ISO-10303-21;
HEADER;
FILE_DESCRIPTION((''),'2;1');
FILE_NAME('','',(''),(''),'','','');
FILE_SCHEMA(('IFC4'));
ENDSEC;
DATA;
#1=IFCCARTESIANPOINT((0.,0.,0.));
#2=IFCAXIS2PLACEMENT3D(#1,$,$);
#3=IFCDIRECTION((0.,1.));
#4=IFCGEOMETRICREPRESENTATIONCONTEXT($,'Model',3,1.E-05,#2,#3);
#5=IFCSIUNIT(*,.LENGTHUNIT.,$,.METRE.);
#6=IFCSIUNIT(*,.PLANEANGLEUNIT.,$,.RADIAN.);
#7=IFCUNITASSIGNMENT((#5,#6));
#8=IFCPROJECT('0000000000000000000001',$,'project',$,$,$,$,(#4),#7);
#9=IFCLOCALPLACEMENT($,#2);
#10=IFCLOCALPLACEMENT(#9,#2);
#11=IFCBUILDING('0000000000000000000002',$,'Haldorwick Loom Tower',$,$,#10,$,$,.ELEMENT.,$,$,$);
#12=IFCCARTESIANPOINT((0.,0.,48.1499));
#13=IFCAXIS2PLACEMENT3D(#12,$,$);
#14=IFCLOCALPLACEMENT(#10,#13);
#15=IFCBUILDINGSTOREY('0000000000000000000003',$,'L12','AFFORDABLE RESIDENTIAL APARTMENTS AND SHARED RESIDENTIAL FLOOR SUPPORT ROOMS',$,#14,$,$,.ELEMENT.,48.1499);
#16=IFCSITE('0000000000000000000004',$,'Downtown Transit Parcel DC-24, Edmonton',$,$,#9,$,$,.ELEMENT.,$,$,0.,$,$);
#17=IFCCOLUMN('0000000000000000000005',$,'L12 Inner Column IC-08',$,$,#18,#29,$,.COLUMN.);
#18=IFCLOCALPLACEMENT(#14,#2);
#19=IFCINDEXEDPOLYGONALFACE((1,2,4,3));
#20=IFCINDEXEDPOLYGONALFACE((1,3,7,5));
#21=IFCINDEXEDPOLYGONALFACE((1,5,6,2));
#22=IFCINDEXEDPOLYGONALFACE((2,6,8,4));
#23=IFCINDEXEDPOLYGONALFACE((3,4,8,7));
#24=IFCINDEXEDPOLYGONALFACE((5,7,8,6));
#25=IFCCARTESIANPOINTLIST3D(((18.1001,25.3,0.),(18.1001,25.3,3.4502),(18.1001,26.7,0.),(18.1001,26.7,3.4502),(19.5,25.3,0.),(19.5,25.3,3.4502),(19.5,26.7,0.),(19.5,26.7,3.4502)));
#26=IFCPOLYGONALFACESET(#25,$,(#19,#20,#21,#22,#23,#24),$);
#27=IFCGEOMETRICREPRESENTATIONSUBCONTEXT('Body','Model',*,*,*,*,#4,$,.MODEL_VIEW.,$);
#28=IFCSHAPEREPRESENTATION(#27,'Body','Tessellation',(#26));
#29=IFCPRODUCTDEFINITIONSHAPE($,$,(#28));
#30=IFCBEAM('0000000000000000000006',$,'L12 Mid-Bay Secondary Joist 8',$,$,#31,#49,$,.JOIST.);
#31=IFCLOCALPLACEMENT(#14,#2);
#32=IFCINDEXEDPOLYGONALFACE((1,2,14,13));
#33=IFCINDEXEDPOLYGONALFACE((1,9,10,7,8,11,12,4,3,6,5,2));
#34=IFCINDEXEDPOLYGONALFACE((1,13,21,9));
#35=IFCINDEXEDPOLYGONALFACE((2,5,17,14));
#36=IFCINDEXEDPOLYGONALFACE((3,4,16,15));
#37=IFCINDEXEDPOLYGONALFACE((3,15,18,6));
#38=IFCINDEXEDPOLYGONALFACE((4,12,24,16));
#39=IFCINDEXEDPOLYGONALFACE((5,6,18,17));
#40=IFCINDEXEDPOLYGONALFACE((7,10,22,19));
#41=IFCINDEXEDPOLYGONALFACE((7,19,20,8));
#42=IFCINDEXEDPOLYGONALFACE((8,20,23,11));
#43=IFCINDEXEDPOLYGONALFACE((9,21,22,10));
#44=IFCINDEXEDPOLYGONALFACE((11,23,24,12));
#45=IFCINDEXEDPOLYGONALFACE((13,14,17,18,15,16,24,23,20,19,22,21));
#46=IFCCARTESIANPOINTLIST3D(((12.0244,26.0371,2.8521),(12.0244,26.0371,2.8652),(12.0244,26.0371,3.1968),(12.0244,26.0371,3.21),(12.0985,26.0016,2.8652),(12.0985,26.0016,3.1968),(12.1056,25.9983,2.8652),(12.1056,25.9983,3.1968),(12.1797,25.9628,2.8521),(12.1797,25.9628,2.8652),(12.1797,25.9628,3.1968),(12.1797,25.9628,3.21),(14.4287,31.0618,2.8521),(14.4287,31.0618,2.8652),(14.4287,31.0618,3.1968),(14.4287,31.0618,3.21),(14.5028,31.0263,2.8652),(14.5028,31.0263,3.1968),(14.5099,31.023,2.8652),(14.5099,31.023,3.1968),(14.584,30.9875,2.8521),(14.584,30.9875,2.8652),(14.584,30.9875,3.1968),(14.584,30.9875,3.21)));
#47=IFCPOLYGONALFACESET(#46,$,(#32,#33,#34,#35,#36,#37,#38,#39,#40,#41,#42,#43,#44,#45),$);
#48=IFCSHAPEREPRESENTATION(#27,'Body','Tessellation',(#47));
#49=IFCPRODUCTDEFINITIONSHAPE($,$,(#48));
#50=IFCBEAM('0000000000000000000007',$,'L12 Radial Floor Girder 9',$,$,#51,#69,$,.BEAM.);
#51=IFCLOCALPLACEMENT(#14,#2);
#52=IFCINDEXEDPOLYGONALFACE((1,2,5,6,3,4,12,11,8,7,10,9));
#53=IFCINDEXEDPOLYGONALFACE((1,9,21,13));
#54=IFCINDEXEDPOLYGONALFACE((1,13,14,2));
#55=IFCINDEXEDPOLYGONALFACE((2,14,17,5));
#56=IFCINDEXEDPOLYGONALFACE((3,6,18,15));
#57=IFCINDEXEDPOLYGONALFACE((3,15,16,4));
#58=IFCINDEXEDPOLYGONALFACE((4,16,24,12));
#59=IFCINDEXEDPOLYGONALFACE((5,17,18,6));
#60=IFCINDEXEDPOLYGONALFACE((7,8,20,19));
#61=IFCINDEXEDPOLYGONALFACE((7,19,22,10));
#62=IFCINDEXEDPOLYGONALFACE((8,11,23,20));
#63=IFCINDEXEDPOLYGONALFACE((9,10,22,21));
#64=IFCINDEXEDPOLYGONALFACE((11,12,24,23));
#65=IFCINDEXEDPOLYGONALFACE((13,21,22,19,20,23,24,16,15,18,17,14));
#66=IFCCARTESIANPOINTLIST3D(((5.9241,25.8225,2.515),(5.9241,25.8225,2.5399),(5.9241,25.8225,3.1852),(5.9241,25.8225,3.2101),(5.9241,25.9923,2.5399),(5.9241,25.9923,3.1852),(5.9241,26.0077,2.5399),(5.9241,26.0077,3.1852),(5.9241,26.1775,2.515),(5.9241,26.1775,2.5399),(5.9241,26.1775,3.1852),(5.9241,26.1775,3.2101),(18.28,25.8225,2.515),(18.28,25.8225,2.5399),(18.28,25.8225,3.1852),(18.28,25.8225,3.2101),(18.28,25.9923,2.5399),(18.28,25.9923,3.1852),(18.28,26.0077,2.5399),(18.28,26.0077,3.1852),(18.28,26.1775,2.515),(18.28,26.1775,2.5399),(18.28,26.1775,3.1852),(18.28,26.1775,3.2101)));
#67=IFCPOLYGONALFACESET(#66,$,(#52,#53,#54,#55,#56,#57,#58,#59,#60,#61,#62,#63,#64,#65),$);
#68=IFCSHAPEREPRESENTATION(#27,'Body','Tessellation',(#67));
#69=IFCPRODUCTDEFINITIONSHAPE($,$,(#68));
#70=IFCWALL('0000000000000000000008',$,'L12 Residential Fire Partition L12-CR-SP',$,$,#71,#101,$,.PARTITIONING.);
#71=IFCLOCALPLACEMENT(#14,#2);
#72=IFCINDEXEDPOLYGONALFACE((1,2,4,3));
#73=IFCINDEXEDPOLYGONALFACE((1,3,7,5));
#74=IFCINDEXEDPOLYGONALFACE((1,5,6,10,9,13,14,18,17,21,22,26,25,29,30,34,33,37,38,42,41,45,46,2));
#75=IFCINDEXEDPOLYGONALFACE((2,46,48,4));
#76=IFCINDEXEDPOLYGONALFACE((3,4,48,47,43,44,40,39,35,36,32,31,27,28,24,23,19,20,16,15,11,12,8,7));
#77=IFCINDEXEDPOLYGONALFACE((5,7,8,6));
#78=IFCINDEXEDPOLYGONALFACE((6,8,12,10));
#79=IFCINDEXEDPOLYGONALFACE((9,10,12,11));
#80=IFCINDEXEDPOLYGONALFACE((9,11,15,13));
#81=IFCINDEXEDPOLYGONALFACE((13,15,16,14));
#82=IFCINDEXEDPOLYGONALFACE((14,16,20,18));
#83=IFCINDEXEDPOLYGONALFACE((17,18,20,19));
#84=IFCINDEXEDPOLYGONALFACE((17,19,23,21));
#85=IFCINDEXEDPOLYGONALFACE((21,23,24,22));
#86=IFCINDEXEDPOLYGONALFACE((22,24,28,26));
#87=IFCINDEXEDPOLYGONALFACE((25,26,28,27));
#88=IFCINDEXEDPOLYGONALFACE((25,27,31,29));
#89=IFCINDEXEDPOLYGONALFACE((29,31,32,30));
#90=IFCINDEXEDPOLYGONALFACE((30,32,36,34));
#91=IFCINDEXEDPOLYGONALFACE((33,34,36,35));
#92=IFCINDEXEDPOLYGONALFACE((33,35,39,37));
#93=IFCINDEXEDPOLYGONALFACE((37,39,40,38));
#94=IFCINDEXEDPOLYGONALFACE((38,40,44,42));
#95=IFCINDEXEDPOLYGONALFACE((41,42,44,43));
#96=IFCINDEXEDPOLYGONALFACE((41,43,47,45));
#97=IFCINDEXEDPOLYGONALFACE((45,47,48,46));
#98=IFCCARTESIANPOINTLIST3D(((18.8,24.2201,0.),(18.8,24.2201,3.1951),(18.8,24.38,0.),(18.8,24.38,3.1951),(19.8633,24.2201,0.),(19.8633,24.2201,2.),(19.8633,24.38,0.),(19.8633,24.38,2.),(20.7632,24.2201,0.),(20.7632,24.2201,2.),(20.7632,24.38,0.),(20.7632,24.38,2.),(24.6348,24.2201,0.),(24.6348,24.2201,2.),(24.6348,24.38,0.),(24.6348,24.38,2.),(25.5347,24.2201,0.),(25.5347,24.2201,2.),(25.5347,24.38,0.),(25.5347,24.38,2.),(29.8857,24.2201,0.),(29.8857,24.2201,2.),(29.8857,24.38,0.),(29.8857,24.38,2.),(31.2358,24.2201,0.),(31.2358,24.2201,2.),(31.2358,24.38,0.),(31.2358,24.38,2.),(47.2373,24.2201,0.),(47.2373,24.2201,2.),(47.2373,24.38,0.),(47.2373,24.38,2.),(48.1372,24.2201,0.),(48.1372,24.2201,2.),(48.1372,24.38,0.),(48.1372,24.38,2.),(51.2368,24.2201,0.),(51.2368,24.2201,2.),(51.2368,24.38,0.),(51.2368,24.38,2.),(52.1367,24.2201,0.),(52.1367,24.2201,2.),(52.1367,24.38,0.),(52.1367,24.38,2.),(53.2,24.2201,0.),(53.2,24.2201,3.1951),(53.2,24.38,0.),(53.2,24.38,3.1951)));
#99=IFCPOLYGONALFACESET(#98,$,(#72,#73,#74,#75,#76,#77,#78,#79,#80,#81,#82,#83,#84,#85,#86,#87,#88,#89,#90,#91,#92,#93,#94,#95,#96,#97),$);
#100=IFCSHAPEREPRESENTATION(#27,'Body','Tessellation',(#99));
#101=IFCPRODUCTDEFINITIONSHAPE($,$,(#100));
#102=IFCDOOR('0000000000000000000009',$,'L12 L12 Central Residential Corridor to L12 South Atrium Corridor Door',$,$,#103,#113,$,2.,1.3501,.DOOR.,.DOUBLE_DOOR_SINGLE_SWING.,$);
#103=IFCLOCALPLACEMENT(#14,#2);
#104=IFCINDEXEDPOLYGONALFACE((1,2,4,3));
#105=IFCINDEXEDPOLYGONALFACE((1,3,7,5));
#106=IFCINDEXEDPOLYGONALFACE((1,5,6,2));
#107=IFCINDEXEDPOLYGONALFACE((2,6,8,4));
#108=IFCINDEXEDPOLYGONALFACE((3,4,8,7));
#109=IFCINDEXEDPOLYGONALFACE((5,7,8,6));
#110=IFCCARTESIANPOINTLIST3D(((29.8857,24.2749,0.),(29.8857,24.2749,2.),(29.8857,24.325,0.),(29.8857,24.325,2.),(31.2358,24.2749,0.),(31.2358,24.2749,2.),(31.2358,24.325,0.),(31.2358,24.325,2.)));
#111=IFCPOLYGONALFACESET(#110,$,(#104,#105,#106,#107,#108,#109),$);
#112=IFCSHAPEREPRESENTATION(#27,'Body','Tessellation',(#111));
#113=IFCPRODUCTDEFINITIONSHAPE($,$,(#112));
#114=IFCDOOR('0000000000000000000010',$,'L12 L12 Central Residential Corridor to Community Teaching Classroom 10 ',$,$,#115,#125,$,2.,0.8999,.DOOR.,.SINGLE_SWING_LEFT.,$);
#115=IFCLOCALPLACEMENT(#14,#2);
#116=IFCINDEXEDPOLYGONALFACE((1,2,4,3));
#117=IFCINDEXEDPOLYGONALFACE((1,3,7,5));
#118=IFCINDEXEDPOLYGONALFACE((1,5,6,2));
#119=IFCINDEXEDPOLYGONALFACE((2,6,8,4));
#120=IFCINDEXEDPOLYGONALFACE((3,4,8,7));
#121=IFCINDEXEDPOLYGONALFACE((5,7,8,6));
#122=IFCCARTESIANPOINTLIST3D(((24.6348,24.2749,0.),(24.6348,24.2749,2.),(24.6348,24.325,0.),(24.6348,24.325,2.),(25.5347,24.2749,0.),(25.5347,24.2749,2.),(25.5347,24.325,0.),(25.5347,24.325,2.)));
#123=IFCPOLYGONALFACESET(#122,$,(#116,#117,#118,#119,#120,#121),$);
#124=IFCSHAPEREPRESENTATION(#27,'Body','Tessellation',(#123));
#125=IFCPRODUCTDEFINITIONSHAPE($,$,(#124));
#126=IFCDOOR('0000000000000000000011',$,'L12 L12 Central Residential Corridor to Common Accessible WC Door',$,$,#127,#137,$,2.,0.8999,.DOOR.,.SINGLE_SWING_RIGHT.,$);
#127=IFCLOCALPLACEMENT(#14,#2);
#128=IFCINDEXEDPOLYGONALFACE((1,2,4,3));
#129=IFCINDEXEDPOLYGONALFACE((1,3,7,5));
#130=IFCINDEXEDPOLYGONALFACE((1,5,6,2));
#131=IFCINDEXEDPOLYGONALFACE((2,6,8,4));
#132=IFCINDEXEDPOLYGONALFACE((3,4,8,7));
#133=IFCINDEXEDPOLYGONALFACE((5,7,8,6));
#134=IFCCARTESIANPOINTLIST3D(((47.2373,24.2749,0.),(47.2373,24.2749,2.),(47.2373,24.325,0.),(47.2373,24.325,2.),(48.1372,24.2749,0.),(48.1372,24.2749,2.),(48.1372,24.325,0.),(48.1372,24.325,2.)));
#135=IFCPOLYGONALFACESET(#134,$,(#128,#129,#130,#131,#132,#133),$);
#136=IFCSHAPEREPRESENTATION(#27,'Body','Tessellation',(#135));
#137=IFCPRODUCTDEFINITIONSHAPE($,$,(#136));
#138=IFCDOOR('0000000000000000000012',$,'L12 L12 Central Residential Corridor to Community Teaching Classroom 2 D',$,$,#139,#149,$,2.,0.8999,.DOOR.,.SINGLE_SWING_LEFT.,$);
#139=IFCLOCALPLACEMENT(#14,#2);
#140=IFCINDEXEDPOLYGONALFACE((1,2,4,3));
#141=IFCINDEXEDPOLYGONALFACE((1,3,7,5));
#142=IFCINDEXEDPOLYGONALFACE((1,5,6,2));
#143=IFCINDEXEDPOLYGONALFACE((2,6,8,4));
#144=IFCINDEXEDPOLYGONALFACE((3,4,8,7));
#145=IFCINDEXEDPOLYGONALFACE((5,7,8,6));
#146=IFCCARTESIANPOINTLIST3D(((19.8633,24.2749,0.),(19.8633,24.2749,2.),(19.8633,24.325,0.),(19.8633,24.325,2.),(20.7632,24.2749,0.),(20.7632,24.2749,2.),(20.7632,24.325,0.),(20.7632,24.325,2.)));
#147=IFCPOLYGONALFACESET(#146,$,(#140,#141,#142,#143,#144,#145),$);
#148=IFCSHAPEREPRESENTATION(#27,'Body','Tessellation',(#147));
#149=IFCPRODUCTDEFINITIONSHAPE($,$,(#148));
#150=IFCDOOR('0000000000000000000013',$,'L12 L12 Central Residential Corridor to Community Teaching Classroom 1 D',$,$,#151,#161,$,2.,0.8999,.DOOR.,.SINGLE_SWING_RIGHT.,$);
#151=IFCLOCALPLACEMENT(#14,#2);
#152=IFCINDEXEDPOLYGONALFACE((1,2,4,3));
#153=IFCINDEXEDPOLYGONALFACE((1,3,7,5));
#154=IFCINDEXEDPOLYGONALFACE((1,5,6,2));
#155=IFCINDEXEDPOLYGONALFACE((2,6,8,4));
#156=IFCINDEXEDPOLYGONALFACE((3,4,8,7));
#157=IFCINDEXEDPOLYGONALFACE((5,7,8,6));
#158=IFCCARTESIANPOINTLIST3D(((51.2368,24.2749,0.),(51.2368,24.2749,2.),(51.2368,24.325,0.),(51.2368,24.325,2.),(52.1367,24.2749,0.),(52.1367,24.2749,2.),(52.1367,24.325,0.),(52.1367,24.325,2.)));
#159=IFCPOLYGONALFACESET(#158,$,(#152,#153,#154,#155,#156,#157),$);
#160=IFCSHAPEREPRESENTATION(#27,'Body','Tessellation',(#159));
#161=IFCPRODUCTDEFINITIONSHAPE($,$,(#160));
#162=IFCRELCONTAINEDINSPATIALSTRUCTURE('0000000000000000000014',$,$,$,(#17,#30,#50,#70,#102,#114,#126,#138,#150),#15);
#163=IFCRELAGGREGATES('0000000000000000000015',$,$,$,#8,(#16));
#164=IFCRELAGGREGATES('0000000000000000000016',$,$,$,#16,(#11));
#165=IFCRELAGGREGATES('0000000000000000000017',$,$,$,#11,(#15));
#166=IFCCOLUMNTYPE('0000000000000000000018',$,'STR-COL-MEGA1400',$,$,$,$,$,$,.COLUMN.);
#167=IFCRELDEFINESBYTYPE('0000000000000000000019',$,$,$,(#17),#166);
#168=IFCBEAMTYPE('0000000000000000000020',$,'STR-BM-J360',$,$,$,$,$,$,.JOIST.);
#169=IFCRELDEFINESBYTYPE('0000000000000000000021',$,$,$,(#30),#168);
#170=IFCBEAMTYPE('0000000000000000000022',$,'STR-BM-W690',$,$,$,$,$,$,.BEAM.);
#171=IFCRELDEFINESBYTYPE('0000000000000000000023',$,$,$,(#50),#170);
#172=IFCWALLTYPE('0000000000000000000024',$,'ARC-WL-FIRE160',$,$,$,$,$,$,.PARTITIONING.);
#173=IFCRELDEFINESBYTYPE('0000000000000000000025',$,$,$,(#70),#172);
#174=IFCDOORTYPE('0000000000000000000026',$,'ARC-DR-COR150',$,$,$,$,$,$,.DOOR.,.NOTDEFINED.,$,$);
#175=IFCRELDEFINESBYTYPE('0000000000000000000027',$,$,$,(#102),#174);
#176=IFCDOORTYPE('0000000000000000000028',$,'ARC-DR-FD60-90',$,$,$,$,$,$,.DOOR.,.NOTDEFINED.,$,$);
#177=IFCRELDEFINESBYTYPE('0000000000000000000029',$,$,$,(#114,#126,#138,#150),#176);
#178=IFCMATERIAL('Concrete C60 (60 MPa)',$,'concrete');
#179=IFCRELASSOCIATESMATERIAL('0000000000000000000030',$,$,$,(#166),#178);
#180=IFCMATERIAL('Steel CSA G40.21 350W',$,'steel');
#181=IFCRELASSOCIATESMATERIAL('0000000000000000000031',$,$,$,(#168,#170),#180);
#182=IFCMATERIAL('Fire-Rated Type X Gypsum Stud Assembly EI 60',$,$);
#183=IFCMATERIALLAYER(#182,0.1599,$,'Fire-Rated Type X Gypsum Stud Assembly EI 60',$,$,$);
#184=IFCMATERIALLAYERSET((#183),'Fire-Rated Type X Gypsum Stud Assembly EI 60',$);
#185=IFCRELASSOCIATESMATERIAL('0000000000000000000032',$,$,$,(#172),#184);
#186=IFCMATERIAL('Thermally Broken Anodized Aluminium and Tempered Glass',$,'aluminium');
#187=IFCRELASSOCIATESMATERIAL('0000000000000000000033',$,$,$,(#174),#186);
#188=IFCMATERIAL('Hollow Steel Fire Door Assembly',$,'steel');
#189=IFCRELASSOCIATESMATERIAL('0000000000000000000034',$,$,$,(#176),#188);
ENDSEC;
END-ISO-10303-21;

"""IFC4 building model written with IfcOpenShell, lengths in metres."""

from ifc_helpers import new_model, si_unit, direction, frame, frame_2d, origin, origin_2d, place, context, subcontext, project, spatial, rectangle, i_section, extrude, material, layer, layer_set, material_profile, profile_set, type_object, element, fill, save


model = new_model("IFC4")

# Units and contexts
model_context = context("Model", 3, precision=1e-05, world=origin(), true_north=direction((0.0, 1.0)))
body_context = subcontext(model_context, "Body", "Model", "MODEL_VIEW")
ifc_project = project(units=[si_unit("LENGTHUNIT", "METRE"), si_unit("PLANEANGLEUNIT", "RADIAN")], contexts=[model_context])

# Site, building, storey
site_placement = place(None, origin())
site = spatial("IfcSite", under=ifc_project, at=site_placement, Name="Downtown Transit Parcel DC-24, Edmonton", CompositionType="ELEMENT", RefElevation=0.0)
building_placement = place(site_placement, origin())
building = spatial("IfcBuilding", under=site, at=building_placement, Name="Haldorwick Loom Tower", CompositionType="ELEMENT")
storey_placement = place(building_placement, frame((0.0, 0.0, 48.1499)))
storey = spatial("IfcBuildingStorey", under=building, at=storey_placement, Name="L12", Description="AFFORDABLE RESIDENTIAL APARTMENTS AND SHARED RESIDENTIAL FLOOR SUPPORT ROOMS", CompositionType="ELEMENT", Elevation=48.1499)

# Column
ifc_material_1 = material(Name="Concrete C60 (60 MPa)", Category="concrete")
ifc_material_profile_1 = material_profile(ifc_material_1, rectangle(XDim=1.3999, YDim=1.3999, at=origin_2d()), Name="RC1400X1400", Category="concrete")
ifc_profile_set_1 = profile_set([ifc_material_profile_1], Name="Concrete C60 (60 MPa)")
column_type = type_object("IfcColumnType", Name="STR-COL-MEGA1400", PredefinedType="COLUMN", material=ifc_profile_set_1)
column_placement = place(storey_placement, frame((18.8, 26.0, 0.0), z_axis=(0.0, 0.0, 1.0), x_axis=(1.0, 0.0, 0.0)))
element("IfcColumn", 1, at=column_placement, inside=storey, type_object=column_type, Name="L12 Inner Column IC-08", PredefinedType="COLUMN", context=body_context, shape_type="SweptSolid", body=[
    extrude(rectangle(XDim=1.3999, YDim=1.3999, at=origin_2d()), origin(), (0.0, 0.0, 1.0), 3.4502),
])

# Beams
ifc_material_2 = material(Name="Steel CSA G40.21 350W", Category="steel")
ifc_material_profile_2 = material_profile(ifc_material_2, i_section(OverallWidth=0.1721, OverallDepth=0.3579, WebThickness=0.0078, FlangeThickness=0.0132, at=origin_2d()), Name="W360X57", Category="steel")
ifc_profile_set_2 = profile_set([ifc_material_profile_2], Name="Steel CSA G40.21 350W")
beam_type_1 = type_object("IfcBeamType", Name="STR-BM-J360", PredefinedType="JOIST", material=ifc_profile_set_2)
beam_1_placement = place(storey_placement, frame((14.5063, 31.0247, 3.031), z_axis=(-0.431631, -0.90205, 0.0), x_axis=(0.90205, -0.431631, 0.0)))
element("IfcBeam", 2, at=beam_1_placement, inside=storey, type_object=beam_type_1, Name="L12 Mid-Bay Secondary Joist 8", PredefinedType="JOIST", context=body_context, shape_type="SweptSolid", body=[
    extrude(i_section(OverallWidth=0.1721, OverallDepth=0.3579, WebThickness=0.0078, FlangeThickness=0.0132, at=origin_2d()), origin(), (0.0, 0.0, 1.0), 5.5703),
])
ifc_material_profile_3 = material_profile(ifc_material_2, i_section(OverallWidth=0.355, OverallDepth=0.6951, WebThickness=0.0154, FlangeThickness=0.0249, at=origin_2d()), Name="W690X217", Category="steel")
ifc_profile_set_3 = profile_set([ifc_material_profile_3], Name="Steel CSA G40.21 350W")
beam_type_2 = type_object("IfcBeamType", Name="STR-BM-W690", PredefinedType="BEAM", material=ifc_profile_set_3)
beam_2_placement = place(storey_placement, frame((18.28, 26.0, 2.8625), z_axis=(-1.0, 0.0, 0.0), x_axis=(0.0, -1.0, 0.0)))
element("IfcBeam", 3, at=beam_2_placement, inside=storey, type_object=beam_type_2, Name="L12 Radial Floor Girder 9", PredefinedType="BEAM", context=body_context, shape_type="SweptSolid", body=[
    extrude(i_section(OverallWidth=0.355, OverallDepth=0.6951, WebThickness=0.0154, FlangeThickness=0.0249, at=origin_2d()), origin(), (0.0, 0.0, 1.0), 12.356),
])

# Wall, openings, doors
ifc_material_3 = material(Name="Fire-Rated Type X Gypsum Stud Assembly EI 60")
ifc_layer_1 = layer(ifc_material_3, 0.1599, Name="Fire-Rated Type X Gypsum Stud Assembly EI 60")
ifc_layer_set_1 = layer_set([ifc_layer_1], Name="Fire-Rated Type X Gypsum Stud Assembly EI 60")
wall_type_1 = type_object("IfcWallType", Name="ARC-WL-FIRE160", PredefinedType="PARTITIONING", material=ifc_layer_set_1)
wall_1_placement = place(storey_placement, frame((18.8, 24.3, 0.0), z_axis=(0.0, 0.0, 1.0), x_axis=(1.0, 0.0, 0.0)))
wall_1 = element("IfcWall", 4, at=wall_1_placement, inside=storey, type_object=wall_type_1, Name="L12 Residential Fire Partition L12-CR-SP", PredefinedType="PARTITIONING", context=body_context, shape_type="SweptSolid", body=[
    extrude(rectangle(XDim=34.3999, YDim=0.1599, at=frame_2d((17.2, 0.0))), origin(), (0.0, 0.0, 1.0), 3.1951),
])
opening_1_placement = place(wall_1_placement, frame((11.0857, 0.0, 0.0)))
opening_1 = element("IfcOpeningElement", 5, at=opening_1_placement, cuts=wall_1, PredefinedType="OPENING", context=body_context, shape_type="SweptSolid", body=[
    extrude(rectangle(XDim=1.3501, YDim=2.0, at=frame_2d((0.675, 1.0))), frame((0.0, 0.0898, 0.0), z_axis=(0.0, -1.0, 0.0), x_axis=(1.0, 0.0, 0.0)), (0.0, 0.0, 1.0), 0.1799),
])
opening_2_placement = place(wall_1_placement, frame((5.8347, 0.0, 0.0)))
opening_2 = element("IfcOpeningElement", 6, at=opening_2_placement, cuts=wall_1, PredefinedType="OPENING", context=body_context, shape_type="SweptSolid", body=[
    extrude(rectangle(XDim=0.8999, YDim=2.0, at=frame_2d((0.45, 1.0))), frame((0.0, 0.0898, 0.0), z_axis=(0.0, -1.0, 0.0), x_axis=(1.0, 0.0, 0.0)), (0.0, 0.0, 1.0), 0.1799),
])
opening_3_placement = place(wall_1_placement, frame((28.4373, 0.0, 0.0)))
opening_3 = element("IfcOpeningElement", 7, at=opening_3_placement, cuts=wall_1, PredefinedType="OPENING", context=body_context, shape_type="SweptSolid", body=[
    extrude(rectangle(XDim=0.8999, YDim=2.0, at=frame_2d((0.45, 1.0))), frame((0.0, 0.0898, 0.0), z_axis=(0.0, -1.0, 0.0), x_axis=(1.0, 0.0, 0.0)), (0.0, 0.0, 1.0), 0.1799),
])
opening_4_placement = place(wall_1_placement, frame((1.0632, 0.0, 0.0)))
opening_4 = element("IfcOpeningElement", 8, at=opening_4_placement, cuts=wall_1, PredefinedType="OPENING", context=body_context, shape_type="SweptSolid", body=[
    extrude(rectangle(XDim=0.8999, YDim=2.0, at=frame_2d((0.45, 1.0))), frame((0.0, 0.0898, 0.0), z_axis=(0.0, -1.0, 0.0), x_axis=(1.0, 0.0, 0.0)), (0.0, 0.0, 1.0), 0.1799),
])
opening_5_placement = place(wall_1_placement, frame((32.4368, 0.0, 0.0)))
opening_5 = element("IfcOpeningElement", 9, at=opening_5_placement, cuts=wall_1, PredefinedType="OPENING", context=body_context, shape_type="SweptSolid", body=[
    extrude(rectangle(XDim=0.8999, YDim=2.0, at=frame_2d((0.45, 1.0))), frame((0.0, 0.0898, 0.0), z_axis=(0.0, -1.0, 0.0), x_axis=(1.0, 0.0, 0.0)), (0.0, 0.0, 1.0), 0.1799),
])
ifc_material_4 = material(Name="Thermally Broken Anodized Aluminium and Tempered Glass", Category="aluminium")
door_type_1 = type_object("IfcDoorType", Name="ARC-DR-COR150", OperationType="NOTDEFINED", PredefinedType="DOOR", material=ifc_material_4)
door_1_placement = place(opening_1_placement, origin())
door_1 = element("IfcDoor", 10, at=door_1_placement, inside=storey, type_object=door_type_1, Name="L12 L12 Central Residential Corridor to L12 South Atrium Corridor Door", OperationType="DOUBLE_DOOR_SINGLE_SWING", OverallHeight=2.0, OverallWidth=1.3501, PredefinedType="DOOR", context=body_context, shape_type="SweptSolid", body=[
    extrude(rectangle(XDim=1.3501, YDim=2.0, at=frame_2d((0.675, 1.0))), frame((0.0, 0.0249, 0.0), z_axis=(0.0, -1.0, 0.0), x_axis=(1.0, 0.0, 0.0)), (0.0, 0.0, 1.0), 0.05),
])
fill(opening_1, door_1)
ifc_material_5 = material(Name="Hollow Steel Fire Door Assembly", Category="steel")
door_type_2 = type_object("IfcDoorType", Name="ARC-DR-FD60-90", OperationType="NOTDEFINED", PredefinedType="DOOR", material=ifc_material_5)
door_2_placement = place(opening_2_placement, origin())
door_2 = element("IfcDoor", 11, at=door_2_placement, inside=storey, type_object=door_type_2, Name="L12 L12 Central Residential Corridor to Community Teaching Classroom 10 ", OperationType="SINGLE_SWING_LEFT", OverallHeight=2.0, OverallWidth=0.8999, PredefinedType="DOOR", context=body_context, shape_type="SweptSolid", body=[
    extrude(rectangle(XDim=0.8999, YDim=2.0, at=frame_2d((0.45, 1.0))), frame((0.0, 0.0249, 0.0), z_axis=(0.0, -1.0, 0.0), x_axis=(1.0, 0.0, 0.0)), (0.0, 0.0, 1.0), 0.05),
])
fill(opening_2, door_2)
door_3_placement = place(opening_3_placement, origin())
door_3 = element("IfcDoor", 12, at=door_3_placement, inside=storey, type_object=door_type_2, Name="L12 L12 Central Residential Corridor to Common Accessible WC Door", OperationType="SINGLE_SWING_RIGHT", OverallHeight=2.0, OverallWidth=0.8999, PredefinedType="DOOR", context=body_context, shape_type="SweptSolid", body=[
    extrude(rectangle(XDim=0.8999, YDim=2.0, at=frame_2d((0.45, 1.0))), frame((0.0, 0.0249, 0.0), z_axis=(0.0, -1.0, 0.0), x_axis=(1.0, 0.0, 0.0)), (0.0, 0.0, 1.0), 0.05),
])
fill(opening_3, door_3)
door_4_placement = place(opening_4_placement, origin())
door_4 = element("IfcDoor", 13, at=door_4_placement, inside=storey, type_object=door_type_2, Name="L12 L12 Central Residential Corridor to Community Teaching Classroom 2 D", OperationType="SINGLE_SWING_LEFT", OverallHeight=2.0, OverallWidth=0.8999, PredefinedType="DOOR", context=body_context, shape_type="SweptSolid", body=[
    extrude(rectangle(XDim=0.8999, YDim=2.0, at=frame_2d((0.45, 1.0))), frame((0.0, 0.0249, 0.0), z_axis=(0.0, -1.0, 0.0), x_axis=(1.0, 0.0, 0.0)), (0.0, 0.0, 1.0), 0.05),
])
fill(opening_4, door_4)
door_5_placement = place(opening_5_placement, origin())
door_5 = element("IfcDoor", 14, at=door_5_placement, inside=storey, type_object=door_type_2, Name="L12 L12 Central Residential Corridor to Community Teaching Classroom 1 D", OperationType="SINGLE_SWING_RIGHT", OverallHeight=2.0, OverallWidth=0.8999, PredefinedType="DOOR", context=body_context, shape_type="SweptSolid", body=[
    extrude(rectangle(XDim=0.8999, YDim=2.0, at=frame_2d((0.45, 1.0))), frame((0.0, 0.0249, 0.0), z_axis=(0.0, -1.0, 0.0), x_axis=(1.0, 0.0, 0.0)), (0.0, 0.0, 1.0), 0.05),
])
fill(opening_5, door_5)

save(model, "model.ifc")
